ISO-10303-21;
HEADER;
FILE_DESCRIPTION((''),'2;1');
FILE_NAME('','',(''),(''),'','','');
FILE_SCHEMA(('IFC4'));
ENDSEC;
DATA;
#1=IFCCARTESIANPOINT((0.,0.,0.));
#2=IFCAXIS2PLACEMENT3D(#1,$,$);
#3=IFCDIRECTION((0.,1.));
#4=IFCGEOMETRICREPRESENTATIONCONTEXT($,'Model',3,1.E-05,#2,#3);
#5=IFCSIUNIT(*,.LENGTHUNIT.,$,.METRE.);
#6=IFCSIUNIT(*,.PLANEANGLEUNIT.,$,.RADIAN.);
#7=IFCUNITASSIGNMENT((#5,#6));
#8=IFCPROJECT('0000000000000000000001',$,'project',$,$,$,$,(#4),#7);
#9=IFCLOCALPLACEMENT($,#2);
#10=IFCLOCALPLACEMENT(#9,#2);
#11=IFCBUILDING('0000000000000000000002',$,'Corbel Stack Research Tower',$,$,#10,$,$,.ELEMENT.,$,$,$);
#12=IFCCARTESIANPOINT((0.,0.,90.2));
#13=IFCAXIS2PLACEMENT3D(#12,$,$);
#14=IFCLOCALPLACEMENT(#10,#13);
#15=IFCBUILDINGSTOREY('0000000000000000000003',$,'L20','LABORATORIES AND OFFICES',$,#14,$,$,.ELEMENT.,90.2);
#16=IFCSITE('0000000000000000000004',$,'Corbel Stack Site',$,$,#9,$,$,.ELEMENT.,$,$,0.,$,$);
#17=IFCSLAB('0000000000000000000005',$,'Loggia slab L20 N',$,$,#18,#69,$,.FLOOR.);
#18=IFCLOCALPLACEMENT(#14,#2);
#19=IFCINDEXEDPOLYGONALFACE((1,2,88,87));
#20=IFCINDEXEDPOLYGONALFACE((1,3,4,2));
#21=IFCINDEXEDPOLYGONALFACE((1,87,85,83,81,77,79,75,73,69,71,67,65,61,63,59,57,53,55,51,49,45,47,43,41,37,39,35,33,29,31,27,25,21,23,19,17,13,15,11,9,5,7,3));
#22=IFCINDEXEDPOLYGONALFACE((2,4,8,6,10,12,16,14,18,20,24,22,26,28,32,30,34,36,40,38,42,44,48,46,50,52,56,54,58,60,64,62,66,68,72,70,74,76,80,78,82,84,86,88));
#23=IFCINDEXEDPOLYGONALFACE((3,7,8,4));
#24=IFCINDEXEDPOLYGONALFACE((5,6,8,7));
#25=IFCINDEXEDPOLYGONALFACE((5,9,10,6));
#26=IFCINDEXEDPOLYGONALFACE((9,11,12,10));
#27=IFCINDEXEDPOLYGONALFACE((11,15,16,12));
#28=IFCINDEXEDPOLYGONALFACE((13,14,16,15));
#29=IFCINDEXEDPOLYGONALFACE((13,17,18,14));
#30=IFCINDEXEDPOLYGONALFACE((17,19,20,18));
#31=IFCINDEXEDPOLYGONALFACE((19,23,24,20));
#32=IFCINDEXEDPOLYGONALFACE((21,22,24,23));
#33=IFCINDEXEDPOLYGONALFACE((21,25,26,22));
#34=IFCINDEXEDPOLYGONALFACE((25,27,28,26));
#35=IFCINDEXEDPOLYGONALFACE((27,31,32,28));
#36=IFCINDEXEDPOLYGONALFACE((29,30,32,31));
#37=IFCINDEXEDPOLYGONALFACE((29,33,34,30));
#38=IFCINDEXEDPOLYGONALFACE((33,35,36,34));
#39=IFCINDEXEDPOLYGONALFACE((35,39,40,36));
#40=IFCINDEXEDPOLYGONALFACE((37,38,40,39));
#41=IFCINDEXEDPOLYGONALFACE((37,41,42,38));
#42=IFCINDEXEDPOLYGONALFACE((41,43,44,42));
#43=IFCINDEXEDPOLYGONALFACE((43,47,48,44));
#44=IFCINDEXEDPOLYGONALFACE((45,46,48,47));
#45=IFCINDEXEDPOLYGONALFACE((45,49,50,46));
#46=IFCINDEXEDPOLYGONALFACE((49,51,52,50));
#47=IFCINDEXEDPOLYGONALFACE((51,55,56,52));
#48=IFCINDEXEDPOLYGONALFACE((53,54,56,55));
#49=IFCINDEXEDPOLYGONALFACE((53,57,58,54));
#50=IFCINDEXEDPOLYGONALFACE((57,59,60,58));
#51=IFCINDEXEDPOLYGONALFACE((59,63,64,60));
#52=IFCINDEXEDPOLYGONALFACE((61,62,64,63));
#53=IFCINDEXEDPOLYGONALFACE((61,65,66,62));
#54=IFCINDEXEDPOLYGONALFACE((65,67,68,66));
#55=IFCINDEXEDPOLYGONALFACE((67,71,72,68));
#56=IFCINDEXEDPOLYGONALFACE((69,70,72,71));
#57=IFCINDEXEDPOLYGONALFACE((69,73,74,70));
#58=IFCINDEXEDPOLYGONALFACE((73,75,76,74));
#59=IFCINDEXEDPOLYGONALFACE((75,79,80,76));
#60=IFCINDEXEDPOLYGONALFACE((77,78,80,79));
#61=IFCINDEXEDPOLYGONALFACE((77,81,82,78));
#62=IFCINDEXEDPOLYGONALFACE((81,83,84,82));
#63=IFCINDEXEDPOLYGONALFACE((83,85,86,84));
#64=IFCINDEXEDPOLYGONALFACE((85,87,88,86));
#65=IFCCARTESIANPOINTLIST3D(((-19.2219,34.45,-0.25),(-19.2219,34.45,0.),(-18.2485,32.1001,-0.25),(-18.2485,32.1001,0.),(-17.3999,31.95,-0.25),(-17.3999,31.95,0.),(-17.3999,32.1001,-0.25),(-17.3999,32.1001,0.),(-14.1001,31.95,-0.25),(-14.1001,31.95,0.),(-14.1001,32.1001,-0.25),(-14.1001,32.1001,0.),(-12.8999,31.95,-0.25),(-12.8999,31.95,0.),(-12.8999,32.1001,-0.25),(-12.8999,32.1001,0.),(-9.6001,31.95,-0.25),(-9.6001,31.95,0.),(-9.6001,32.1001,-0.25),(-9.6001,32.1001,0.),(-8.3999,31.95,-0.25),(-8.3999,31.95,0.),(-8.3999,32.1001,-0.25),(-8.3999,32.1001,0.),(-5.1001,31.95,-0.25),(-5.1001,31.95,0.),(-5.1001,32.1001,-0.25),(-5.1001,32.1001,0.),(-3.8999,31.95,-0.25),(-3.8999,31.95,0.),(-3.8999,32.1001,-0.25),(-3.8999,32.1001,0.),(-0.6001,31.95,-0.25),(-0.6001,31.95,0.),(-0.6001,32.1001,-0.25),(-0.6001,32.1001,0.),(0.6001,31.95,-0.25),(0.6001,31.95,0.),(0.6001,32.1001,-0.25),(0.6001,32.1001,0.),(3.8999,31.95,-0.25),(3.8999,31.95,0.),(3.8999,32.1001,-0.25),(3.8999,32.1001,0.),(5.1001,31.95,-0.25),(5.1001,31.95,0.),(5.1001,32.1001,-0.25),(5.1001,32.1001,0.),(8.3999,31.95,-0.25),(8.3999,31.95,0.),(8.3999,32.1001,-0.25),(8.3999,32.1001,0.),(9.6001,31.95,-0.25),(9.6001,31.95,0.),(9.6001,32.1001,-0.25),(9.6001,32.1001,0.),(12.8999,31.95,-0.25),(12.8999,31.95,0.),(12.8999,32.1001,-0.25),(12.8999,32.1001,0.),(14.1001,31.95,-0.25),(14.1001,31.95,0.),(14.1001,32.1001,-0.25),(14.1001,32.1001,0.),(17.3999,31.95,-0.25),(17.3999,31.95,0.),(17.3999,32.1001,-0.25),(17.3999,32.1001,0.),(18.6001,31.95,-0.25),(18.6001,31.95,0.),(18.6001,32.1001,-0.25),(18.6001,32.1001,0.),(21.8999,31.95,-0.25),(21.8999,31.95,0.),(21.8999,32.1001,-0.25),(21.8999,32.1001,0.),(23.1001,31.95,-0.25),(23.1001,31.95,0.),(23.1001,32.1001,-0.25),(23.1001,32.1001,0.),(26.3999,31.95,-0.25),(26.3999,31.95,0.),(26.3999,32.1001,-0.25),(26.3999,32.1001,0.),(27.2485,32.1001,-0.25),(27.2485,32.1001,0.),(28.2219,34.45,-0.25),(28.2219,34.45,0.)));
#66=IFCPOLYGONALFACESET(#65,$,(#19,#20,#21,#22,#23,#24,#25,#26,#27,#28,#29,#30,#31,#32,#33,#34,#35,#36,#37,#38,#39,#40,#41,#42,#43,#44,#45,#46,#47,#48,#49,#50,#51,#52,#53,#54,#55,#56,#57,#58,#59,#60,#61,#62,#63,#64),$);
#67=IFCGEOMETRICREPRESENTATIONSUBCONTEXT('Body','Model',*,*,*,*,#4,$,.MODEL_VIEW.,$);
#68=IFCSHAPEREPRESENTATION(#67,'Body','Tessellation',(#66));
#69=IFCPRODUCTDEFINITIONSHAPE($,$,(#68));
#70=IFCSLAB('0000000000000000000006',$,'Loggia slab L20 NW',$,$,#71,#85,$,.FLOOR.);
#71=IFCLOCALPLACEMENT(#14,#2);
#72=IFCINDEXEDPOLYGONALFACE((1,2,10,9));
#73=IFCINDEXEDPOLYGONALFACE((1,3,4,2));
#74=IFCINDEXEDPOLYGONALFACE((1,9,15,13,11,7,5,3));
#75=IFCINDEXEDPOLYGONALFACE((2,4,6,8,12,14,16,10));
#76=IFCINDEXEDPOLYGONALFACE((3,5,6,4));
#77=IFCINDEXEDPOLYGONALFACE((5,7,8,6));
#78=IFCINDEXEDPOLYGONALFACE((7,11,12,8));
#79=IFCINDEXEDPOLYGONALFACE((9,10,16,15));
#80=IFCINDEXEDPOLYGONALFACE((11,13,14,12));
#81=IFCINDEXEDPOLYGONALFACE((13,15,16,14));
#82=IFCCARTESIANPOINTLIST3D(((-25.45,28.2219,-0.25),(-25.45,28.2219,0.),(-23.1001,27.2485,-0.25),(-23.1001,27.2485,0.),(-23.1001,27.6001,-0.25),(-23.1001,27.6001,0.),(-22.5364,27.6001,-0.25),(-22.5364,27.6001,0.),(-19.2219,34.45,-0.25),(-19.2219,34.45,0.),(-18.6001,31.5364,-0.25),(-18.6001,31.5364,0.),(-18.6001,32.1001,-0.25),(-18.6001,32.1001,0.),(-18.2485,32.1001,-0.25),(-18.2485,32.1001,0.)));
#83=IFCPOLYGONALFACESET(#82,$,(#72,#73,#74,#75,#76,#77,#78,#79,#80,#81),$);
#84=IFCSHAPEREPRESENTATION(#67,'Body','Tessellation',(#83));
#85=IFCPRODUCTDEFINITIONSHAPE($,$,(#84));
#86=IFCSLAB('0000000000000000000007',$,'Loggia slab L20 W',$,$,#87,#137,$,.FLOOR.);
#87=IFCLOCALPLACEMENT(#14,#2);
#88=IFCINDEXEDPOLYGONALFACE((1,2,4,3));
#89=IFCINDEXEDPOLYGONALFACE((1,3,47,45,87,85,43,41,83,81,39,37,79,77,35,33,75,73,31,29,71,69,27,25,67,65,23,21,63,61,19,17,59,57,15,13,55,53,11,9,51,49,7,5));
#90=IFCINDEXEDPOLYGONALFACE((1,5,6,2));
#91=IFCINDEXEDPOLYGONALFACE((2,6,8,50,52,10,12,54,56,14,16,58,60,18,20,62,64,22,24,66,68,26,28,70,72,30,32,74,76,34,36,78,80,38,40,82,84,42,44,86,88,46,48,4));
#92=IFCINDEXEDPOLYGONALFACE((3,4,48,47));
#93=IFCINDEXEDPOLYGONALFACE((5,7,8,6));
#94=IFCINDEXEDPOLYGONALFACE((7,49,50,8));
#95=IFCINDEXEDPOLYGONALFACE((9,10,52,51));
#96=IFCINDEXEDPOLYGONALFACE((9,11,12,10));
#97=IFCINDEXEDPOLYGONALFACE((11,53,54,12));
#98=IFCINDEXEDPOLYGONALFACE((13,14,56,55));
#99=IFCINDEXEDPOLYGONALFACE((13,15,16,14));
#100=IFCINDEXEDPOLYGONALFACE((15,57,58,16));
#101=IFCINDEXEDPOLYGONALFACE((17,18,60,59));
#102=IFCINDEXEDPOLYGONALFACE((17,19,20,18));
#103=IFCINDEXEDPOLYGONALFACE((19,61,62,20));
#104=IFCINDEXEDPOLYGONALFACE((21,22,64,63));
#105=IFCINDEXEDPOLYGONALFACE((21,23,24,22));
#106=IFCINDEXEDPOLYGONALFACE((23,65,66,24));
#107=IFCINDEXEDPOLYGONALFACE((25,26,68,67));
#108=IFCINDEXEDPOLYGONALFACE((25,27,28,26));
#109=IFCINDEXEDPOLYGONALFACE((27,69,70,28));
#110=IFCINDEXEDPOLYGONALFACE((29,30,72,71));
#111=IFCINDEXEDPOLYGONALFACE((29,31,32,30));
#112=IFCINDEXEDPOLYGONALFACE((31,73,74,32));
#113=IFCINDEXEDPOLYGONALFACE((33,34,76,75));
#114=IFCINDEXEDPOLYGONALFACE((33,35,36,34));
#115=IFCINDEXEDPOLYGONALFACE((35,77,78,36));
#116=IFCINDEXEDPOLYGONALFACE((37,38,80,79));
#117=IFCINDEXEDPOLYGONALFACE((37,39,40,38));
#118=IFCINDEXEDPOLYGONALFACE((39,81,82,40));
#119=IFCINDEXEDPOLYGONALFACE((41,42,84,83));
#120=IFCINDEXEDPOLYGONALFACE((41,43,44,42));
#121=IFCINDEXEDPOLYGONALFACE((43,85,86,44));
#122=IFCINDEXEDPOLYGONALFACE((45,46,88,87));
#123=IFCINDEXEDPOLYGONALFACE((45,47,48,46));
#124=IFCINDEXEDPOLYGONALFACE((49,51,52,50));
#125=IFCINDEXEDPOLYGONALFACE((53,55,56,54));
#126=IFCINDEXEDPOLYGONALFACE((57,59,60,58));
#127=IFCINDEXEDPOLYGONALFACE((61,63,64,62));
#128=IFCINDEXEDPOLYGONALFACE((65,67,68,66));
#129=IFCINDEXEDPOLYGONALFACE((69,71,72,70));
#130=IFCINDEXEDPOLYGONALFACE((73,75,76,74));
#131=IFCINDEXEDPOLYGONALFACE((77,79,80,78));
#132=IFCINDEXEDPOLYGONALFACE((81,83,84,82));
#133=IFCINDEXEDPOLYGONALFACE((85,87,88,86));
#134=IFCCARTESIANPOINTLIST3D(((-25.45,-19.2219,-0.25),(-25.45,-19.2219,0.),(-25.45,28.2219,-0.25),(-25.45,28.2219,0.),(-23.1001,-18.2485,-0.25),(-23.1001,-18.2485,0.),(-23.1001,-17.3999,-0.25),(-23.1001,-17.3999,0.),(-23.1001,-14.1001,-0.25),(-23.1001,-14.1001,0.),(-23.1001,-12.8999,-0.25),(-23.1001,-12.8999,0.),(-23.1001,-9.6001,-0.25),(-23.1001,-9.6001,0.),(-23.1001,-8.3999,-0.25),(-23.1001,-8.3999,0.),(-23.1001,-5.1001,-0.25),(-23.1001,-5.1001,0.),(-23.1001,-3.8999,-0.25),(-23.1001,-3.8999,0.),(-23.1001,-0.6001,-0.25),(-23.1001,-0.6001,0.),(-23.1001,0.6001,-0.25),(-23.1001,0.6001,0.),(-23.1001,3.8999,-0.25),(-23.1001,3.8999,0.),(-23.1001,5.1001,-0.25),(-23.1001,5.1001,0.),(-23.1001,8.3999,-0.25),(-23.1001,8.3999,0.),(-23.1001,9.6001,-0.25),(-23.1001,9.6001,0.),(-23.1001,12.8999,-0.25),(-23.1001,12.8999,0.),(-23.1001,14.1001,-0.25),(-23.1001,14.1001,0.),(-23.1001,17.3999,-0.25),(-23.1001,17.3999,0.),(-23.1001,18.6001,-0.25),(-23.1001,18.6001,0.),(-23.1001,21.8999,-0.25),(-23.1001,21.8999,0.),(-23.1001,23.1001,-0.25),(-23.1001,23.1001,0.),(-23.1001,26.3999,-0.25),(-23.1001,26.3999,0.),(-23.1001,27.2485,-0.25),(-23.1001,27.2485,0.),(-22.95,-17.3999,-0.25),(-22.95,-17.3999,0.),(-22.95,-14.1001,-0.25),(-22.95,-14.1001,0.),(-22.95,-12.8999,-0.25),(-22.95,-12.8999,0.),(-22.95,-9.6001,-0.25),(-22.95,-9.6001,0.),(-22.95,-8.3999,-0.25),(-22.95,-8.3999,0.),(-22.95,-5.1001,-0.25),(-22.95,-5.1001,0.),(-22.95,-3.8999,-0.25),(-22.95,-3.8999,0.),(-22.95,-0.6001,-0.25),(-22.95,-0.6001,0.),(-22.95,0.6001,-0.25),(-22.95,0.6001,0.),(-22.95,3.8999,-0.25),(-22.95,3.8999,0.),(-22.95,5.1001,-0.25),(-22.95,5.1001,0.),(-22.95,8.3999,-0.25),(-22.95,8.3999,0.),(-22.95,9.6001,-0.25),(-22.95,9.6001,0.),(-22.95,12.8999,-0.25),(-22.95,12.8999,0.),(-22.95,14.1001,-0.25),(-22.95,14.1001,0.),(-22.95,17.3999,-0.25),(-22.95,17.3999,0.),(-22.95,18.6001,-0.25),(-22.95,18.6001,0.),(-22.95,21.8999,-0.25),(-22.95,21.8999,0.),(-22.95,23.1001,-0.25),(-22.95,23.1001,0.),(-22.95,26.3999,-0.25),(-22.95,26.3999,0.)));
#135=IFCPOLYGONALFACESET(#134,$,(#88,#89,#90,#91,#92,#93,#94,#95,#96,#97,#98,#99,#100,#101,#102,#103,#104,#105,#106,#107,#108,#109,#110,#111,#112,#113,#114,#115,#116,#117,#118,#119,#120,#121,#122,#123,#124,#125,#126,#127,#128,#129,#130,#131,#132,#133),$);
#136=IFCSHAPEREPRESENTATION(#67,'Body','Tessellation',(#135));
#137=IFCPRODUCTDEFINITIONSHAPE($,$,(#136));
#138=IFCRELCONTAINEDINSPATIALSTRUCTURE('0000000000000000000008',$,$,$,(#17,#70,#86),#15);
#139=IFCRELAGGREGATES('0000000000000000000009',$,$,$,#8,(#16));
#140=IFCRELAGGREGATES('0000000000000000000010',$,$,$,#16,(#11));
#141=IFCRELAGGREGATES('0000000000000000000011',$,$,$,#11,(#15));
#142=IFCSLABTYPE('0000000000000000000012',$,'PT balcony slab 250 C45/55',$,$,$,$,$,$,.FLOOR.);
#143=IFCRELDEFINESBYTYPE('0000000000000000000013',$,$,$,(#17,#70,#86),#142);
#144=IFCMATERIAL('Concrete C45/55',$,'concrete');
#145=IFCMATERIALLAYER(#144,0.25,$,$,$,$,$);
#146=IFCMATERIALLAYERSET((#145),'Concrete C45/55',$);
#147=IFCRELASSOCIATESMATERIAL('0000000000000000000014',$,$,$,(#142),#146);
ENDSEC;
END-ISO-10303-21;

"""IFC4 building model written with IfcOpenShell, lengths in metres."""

from ifc_helpers import new_model, si_unit, direction, frame, origin, place, context, subcontext, project, spatial, polyline, outline, extrude, material, layer, layer_set, type_object, element, save


model = new_model("IFC4")

# Units and contexts
model_context = context("Model", 3, precision=1e-05, world=origin(), true_north=direction((0.0, 1.0)))
body_context = subcontext(model_context, "Body", "Model", "MODEL_VIEW")
ifc_project = project(units=[si_unit("LENGTHUNIT", "METRE"), si_unit("PLANEANGLEUNIT", "RADIAN")], contexts=[model_context])

# Site, building, storey
site_placement = place(None, origin())
site = spatial("IfcSite", under=ifc_project, at=site_placement, Name="Corbel Stack Site", CompositionType="ELEMENT", RefElevation=0.0)
building_placement = place(site_placement, origin())
building = spatial("IfcBuilding", under=site, at=building_placement, Name="Corbel Stack Research Tower", CompositionType="ELEMENT")
storey_placement = place(building_placement, frame((0.0, 0.0, 90.2)))
storey = spatial("IfcBuildingStorey", under=building, at=storey_placement, Name="L20", Description="LABORATORIES AND OFFICES", CompositionType="ELEMENT", Elevation=90.2)

# Slabs
ifc_material_1 = material(Name="Concrete C45/55", Category="concrete")
ifc_layer_1 = layer(ifc_material_1, 0.25)
ifc_layer_set_1 = layer_set([ifc_layer_1], Name="Concrete C45/55")
slab_type_1 = type_object("IfcSlabType", Name="PT balcony slab 250 C45/55", PredefinedType="FLOOR", material=ifc_layer_set_1)
slab_1_placement = place(storey_placement, frame((0.0, 0.0, -0.25)))
element("IfcSlab", 1, at=slab_1_placement, inside=storey, type_object=slab_type_1, Name="Loggia slab L20 N", PredefinedType="FLOOR", context=body_context, shape_type="SweptSolid", body=[
    extrude(outline(polyline([(-18.2485, 32.1001), (-17.3999, 32.1001), (-17.3999, 31.95), (-14.1001, 31.95), (-14.1001, 32.1001), (-12.8999, 32.1001), (-12.8999, 31.95), (-9.6001, 31.95), (-9.6001, 32.1001), (-8.3999, 32.1001), (-8.3999, 31.95), (-5.1001, 31.95), (-5.1001, 32.1001), (-3.8999, 32.1001), (-3.8999, 31.95), (-0.6001, 31.95), (-0.6001, 32.1001), (0.6001, 32.1001), (0.6001, 31.95), (3.8999, 31.95), (3.8999, 32.1001), (5.1001, 32.1001), (5.1001, 31.95), (8.3999, 31.95), (8.3999, 32.1001), (9.6001, 32.1001), (9.6001, 31.95), (12.8999, 31.95), (12.8999, 32.1001), (14.1001, 32.1001), (14.1001, 31.95), (17.3999, 31.95), (17.3999, 32.1001), (18.6001, 32.1001), (18.6001, 31.95), (21.8999, 31.95), (21.8999, 32.1001), (23.1001, 32.1001), (23.1001, 31.95), (26.3999, 31.95), (26.3999, 32.1001), (27.2485, 32.1001), (28.2219, 34.45), (-19.2219, 34.45), (-18.2485, 32.1001)])), origin(), (0.0, 0.0, 1.0), 0.25),
])
slab_2_placement = place(storey_placement, frame((0.0, 0.0, -0.25)))
element("IfcSlab", 2, at=slab_2_placement, inside=storey, type_object=slab_type_1, Name="Loggia slab L20 NW", PredefinedType="FLOOR", context=body_context, shape_type="SweptSolid", body=[
    extrude(outline(polyline([(-23.1001, 27.2485), (-23.1001, 27.6001), (-22.5364, 27.6001), (-18.6001, 31.5364), (-18.6001, 32.1001), (-18.2485, 32.1001), (-19.2219, 34.45), (-25.45, 28.2219), (-23.1001, 27.2485)])), origin(), (0.0, 0.0, 1.0), 0.25),
])
slab_3_placement = place(storey_placement, frame((0.0, 0.0, -0.25)))
element("IfcSlab", 3, at=slab_3_placement, inside=storey, type_object=slab_type_1, Name="Loggia slab L20 W", PredefinedType="FLOOR", context=body_context, shape_type="SweptSolid", body=[
    extrude(outline(polyline([(-23.1001, -18.2485), (-23.1001, -17.3999), (-22.95, -17.3999), (-22.95, -14.1001), (-23.1001, -14.1001), (-23.1001, -12.8999), (-22.95, -12.8999), (-22.95, -9.6001), (-23.1001, -9.6001), (-23.1001, -8.3999), (-22.95, -8.3999), (-22.95, -5.1001), (-23.1001, -5.1001), (-23.1001, -3.8999), (-22.95, -3.8999), (-22.95, -0.6001), (-23.1001, -0.6001), (-23.1001, 0.6001), (-22.95, 0.6001), (-22.95, 3.8999), (-23.1001, 3.8999), (-23.1001, 5.1001), (-22.95, 5.1001), (-22.95, 8.3999), (-23.1001, 8.3999), (-23.1001, 9.6001), (-22.95, 9.6001), (-22.95, 12.8999), (-23.1001, 12.8999), (-23.1001, 14.1001), (-22.95, 14.1001), (-22.95, 17.3999), (-23.1001, 17.3999), (-23.1001, 18.6001), (-22.95, 18.6001), (-22.95, 21.8999), (-23.1001, 21.8999), (-23.1001, 23.1001), (-22.95, 23.1001), (-22.95, 26.3999), (-23.1001, 26.3999), (-23.1001, 27.2485), (-25.45, 28.2219), (-25.45, -19.2219), (-23.1001, -18.2485)])), origin(), (0.0, 0.0, 1.0), 0.25),
])

save(model, "model.ifc")
